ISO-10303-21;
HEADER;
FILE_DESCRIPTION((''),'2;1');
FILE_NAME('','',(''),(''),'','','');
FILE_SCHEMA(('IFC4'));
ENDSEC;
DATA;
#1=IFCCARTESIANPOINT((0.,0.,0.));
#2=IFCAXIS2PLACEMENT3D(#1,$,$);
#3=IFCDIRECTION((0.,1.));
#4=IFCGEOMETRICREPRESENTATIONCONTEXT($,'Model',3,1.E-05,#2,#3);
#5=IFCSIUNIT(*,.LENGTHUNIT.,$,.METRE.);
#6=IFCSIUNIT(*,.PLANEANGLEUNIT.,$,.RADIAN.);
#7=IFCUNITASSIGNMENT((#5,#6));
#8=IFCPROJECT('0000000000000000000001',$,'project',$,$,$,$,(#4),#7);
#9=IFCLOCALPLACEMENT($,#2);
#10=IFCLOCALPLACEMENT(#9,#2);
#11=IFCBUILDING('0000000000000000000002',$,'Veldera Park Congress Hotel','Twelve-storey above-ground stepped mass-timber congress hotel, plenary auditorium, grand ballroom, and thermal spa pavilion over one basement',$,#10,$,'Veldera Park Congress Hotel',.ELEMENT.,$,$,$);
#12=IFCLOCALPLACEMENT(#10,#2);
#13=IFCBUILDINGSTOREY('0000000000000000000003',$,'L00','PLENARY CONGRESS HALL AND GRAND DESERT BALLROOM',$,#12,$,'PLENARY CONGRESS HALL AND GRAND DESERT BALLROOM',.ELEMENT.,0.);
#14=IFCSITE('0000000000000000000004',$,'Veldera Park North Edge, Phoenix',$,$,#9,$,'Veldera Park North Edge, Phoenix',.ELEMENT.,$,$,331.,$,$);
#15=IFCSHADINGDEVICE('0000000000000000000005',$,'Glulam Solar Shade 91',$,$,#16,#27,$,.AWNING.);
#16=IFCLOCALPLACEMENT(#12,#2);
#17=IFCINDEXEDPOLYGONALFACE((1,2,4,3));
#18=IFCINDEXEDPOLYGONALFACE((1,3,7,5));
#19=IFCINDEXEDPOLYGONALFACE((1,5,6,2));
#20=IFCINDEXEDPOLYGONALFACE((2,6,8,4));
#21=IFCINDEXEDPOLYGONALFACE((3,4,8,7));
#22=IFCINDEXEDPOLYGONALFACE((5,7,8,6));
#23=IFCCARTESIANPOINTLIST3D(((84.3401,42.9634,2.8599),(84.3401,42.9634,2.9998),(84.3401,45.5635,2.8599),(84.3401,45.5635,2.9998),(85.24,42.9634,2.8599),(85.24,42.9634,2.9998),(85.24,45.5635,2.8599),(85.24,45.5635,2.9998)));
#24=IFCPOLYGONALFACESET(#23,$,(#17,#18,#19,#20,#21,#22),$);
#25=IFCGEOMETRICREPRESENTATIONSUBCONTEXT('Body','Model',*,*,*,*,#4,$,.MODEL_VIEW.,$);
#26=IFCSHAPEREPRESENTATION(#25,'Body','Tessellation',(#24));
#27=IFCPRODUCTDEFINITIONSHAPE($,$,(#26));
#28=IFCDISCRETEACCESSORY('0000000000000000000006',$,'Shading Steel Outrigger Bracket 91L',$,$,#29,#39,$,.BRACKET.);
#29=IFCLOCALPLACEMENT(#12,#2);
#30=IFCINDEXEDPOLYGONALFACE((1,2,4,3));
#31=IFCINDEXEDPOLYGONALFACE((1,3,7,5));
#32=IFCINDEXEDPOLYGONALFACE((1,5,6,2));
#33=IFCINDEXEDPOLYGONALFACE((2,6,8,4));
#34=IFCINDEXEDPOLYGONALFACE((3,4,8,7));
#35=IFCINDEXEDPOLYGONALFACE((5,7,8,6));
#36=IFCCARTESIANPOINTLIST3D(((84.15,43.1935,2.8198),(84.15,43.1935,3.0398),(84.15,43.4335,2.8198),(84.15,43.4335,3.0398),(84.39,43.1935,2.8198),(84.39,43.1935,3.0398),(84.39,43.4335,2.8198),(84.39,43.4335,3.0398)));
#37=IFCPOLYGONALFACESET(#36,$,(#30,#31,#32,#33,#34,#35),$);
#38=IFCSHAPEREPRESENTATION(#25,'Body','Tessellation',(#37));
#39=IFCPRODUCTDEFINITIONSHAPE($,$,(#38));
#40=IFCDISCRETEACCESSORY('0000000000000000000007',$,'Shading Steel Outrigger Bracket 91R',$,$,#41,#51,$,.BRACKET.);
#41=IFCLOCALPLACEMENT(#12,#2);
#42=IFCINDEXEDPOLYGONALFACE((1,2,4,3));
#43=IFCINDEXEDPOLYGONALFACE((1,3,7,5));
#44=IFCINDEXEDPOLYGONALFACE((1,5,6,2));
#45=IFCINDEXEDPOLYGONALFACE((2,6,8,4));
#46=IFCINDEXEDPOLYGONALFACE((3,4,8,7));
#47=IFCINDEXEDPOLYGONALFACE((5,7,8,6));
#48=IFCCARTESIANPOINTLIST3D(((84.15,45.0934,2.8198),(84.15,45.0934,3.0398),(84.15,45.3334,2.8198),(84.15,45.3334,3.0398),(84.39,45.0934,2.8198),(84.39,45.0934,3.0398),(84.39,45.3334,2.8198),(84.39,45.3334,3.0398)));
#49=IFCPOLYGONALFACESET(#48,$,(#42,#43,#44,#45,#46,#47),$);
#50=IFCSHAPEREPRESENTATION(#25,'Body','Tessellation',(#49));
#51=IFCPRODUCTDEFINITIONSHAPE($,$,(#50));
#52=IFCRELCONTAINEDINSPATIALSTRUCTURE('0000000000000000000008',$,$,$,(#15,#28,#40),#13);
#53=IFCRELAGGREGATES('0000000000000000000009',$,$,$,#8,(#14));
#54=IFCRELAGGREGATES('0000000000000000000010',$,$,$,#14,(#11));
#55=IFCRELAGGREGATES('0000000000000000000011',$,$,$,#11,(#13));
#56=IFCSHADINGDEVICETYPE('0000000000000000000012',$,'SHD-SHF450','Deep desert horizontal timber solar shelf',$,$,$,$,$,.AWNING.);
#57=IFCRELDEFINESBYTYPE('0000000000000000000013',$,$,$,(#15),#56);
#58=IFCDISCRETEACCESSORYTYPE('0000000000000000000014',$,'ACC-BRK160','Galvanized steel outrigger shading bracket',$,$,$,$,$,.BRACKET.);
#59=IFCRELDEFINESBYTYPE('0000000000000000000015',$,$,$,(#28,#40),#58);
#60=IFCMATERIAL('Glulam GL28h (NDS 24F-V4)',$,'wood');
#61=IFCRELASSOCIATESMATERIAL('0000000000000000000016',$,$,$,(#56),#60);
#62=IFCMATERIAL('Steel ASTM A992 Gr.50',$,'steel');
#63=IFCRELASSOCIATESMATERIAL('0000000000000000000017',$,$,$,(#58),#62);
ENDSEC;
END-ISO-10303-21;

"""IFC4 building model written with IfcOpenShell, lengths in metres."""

from ifc_helpers import new_model, si_unit, direction, frame, origin, origin_2d, place, context, subcontext, project, spatial, rectangle, extrude, material, type_object, element, save


model = new_model("IFC4")

# Units and contexts
model_context = context("Model", 3, precision=1e-05, world=origin(), true_north=direction((0.0, 1.0)))
body_context = subcontext(model_context, "Body", "Model", "MODEL_VIEW")
ifc_project = project(units=[si_unit("LENGTHUNIT", "METRE"), si_unit("PLANEANGLEUNIT", "RADIAN")], contexts=[model_context])

# Site, building, storey
site_placement = place(None, origin())
site = spatial("IfcSite", under=ifc_project, at=site_placement, Name="Veldera Park North Edge, Phoenix", LongName="Veldera Park North Edge, Phoenix", CompositionType="ELEMENT", RefElevation=331.0)
building_placement = place(site_placement, origin())
building = spatial("IfcBuilding", under=site, at=building_placement, Name="Veldera Park Congress Hotel", Description="Twelve-storey above-ground stepped mass-timber congress hotel, plenary auditorium, grand ballroom, and thermal spa pavilion over one basement", LongName="Veldera Park Congress Hotel", CompositionType="ELEMENT")
storey_placement = place(building_placement, origin())
storey = spatial("IfcBuildingStorey", under=building, at=storey_placement, Name="L00", Description="PLENARY CONGRESS HALL AND GRAND DESERT BALLROOM", LongName="PLENARY CONGRESS HALL AND GRAND DESERT BALLROOM", CompositionType="ELEMENT", Elevation=0.0)

# Shared definitions
ifc_material_1 = material(Name="Glulam GL28h (NDS 24F-V4)", Category="wood")
ifc_material_2 = material(Name="Steel ASTM A992 Gr.50", Category="steel")

# Shading device
shading_device_type = type_object("IfcShadingDeviceType", Name="SHD-SHF450", Description="Deep desert horizontal timber solar shelf", PredefinedType="AWNING", material=ifc_material_1)
shading_device_placement = place(storey_placement, frame((84.79, 44.2634, 2.8599), z_axis=(0.0, 0.0, 1.0), x_axis=(0.0, 1.0, 0.0)))
element("IfcShadingDevice", 1, at=shading_device_placement, inside=storey, type_object=shading_device_type, Name="Glulam Solar Shade 91", PredefinedType="AWNING", context=body_context, shape_type="SweptSolid", body=[
    extrude(rectangle(XDim=2.6001, YDim=0.8999, at=origin_2d()), origin(), (0.0, 0.0, 1.0), 0.1399),
])

# Discrete accessories
discrete_accessory_type = type_object("IfcDiscreteAccessoryType", Name="ACC-BRK160", Description="Galvanized steel outrigger shading bracket", PredefinedType="BRACKET", material=ifc_material_2)
for number, where, z_axis, x_axis, name in (
    (2, (84.27, 43.3135, 2.8198), (0.0, 0.0, 1.0), (0.0, 1.0, 0.0), "Shading Steel Outrigger Bracket 91L"),
    (3, (84.27, 45.2134, 2.8198), (0.0, 0.0, 1.0), (0.0, 1.0, 0.0), "Shading Steel Outrigger Bracket 91R"),
):
    element("IfcDiscreteAccessory", number, at=place(storey_placement, frame(where, z_axis=z_axis, x_axis=x_axis)), inside=storey, type_object=discrete_accessory_type, Name=name, PredefinedType="BRACKET", context=body_context, shape_type="SweptSolid", body=[
        extrude(rectangle(XDim=0.24, YDim=0.24, at=origin_2d()), origin(), (0.0, 0.0, 1.0), 0.22),
    ])

save(model, "model.ifc")
